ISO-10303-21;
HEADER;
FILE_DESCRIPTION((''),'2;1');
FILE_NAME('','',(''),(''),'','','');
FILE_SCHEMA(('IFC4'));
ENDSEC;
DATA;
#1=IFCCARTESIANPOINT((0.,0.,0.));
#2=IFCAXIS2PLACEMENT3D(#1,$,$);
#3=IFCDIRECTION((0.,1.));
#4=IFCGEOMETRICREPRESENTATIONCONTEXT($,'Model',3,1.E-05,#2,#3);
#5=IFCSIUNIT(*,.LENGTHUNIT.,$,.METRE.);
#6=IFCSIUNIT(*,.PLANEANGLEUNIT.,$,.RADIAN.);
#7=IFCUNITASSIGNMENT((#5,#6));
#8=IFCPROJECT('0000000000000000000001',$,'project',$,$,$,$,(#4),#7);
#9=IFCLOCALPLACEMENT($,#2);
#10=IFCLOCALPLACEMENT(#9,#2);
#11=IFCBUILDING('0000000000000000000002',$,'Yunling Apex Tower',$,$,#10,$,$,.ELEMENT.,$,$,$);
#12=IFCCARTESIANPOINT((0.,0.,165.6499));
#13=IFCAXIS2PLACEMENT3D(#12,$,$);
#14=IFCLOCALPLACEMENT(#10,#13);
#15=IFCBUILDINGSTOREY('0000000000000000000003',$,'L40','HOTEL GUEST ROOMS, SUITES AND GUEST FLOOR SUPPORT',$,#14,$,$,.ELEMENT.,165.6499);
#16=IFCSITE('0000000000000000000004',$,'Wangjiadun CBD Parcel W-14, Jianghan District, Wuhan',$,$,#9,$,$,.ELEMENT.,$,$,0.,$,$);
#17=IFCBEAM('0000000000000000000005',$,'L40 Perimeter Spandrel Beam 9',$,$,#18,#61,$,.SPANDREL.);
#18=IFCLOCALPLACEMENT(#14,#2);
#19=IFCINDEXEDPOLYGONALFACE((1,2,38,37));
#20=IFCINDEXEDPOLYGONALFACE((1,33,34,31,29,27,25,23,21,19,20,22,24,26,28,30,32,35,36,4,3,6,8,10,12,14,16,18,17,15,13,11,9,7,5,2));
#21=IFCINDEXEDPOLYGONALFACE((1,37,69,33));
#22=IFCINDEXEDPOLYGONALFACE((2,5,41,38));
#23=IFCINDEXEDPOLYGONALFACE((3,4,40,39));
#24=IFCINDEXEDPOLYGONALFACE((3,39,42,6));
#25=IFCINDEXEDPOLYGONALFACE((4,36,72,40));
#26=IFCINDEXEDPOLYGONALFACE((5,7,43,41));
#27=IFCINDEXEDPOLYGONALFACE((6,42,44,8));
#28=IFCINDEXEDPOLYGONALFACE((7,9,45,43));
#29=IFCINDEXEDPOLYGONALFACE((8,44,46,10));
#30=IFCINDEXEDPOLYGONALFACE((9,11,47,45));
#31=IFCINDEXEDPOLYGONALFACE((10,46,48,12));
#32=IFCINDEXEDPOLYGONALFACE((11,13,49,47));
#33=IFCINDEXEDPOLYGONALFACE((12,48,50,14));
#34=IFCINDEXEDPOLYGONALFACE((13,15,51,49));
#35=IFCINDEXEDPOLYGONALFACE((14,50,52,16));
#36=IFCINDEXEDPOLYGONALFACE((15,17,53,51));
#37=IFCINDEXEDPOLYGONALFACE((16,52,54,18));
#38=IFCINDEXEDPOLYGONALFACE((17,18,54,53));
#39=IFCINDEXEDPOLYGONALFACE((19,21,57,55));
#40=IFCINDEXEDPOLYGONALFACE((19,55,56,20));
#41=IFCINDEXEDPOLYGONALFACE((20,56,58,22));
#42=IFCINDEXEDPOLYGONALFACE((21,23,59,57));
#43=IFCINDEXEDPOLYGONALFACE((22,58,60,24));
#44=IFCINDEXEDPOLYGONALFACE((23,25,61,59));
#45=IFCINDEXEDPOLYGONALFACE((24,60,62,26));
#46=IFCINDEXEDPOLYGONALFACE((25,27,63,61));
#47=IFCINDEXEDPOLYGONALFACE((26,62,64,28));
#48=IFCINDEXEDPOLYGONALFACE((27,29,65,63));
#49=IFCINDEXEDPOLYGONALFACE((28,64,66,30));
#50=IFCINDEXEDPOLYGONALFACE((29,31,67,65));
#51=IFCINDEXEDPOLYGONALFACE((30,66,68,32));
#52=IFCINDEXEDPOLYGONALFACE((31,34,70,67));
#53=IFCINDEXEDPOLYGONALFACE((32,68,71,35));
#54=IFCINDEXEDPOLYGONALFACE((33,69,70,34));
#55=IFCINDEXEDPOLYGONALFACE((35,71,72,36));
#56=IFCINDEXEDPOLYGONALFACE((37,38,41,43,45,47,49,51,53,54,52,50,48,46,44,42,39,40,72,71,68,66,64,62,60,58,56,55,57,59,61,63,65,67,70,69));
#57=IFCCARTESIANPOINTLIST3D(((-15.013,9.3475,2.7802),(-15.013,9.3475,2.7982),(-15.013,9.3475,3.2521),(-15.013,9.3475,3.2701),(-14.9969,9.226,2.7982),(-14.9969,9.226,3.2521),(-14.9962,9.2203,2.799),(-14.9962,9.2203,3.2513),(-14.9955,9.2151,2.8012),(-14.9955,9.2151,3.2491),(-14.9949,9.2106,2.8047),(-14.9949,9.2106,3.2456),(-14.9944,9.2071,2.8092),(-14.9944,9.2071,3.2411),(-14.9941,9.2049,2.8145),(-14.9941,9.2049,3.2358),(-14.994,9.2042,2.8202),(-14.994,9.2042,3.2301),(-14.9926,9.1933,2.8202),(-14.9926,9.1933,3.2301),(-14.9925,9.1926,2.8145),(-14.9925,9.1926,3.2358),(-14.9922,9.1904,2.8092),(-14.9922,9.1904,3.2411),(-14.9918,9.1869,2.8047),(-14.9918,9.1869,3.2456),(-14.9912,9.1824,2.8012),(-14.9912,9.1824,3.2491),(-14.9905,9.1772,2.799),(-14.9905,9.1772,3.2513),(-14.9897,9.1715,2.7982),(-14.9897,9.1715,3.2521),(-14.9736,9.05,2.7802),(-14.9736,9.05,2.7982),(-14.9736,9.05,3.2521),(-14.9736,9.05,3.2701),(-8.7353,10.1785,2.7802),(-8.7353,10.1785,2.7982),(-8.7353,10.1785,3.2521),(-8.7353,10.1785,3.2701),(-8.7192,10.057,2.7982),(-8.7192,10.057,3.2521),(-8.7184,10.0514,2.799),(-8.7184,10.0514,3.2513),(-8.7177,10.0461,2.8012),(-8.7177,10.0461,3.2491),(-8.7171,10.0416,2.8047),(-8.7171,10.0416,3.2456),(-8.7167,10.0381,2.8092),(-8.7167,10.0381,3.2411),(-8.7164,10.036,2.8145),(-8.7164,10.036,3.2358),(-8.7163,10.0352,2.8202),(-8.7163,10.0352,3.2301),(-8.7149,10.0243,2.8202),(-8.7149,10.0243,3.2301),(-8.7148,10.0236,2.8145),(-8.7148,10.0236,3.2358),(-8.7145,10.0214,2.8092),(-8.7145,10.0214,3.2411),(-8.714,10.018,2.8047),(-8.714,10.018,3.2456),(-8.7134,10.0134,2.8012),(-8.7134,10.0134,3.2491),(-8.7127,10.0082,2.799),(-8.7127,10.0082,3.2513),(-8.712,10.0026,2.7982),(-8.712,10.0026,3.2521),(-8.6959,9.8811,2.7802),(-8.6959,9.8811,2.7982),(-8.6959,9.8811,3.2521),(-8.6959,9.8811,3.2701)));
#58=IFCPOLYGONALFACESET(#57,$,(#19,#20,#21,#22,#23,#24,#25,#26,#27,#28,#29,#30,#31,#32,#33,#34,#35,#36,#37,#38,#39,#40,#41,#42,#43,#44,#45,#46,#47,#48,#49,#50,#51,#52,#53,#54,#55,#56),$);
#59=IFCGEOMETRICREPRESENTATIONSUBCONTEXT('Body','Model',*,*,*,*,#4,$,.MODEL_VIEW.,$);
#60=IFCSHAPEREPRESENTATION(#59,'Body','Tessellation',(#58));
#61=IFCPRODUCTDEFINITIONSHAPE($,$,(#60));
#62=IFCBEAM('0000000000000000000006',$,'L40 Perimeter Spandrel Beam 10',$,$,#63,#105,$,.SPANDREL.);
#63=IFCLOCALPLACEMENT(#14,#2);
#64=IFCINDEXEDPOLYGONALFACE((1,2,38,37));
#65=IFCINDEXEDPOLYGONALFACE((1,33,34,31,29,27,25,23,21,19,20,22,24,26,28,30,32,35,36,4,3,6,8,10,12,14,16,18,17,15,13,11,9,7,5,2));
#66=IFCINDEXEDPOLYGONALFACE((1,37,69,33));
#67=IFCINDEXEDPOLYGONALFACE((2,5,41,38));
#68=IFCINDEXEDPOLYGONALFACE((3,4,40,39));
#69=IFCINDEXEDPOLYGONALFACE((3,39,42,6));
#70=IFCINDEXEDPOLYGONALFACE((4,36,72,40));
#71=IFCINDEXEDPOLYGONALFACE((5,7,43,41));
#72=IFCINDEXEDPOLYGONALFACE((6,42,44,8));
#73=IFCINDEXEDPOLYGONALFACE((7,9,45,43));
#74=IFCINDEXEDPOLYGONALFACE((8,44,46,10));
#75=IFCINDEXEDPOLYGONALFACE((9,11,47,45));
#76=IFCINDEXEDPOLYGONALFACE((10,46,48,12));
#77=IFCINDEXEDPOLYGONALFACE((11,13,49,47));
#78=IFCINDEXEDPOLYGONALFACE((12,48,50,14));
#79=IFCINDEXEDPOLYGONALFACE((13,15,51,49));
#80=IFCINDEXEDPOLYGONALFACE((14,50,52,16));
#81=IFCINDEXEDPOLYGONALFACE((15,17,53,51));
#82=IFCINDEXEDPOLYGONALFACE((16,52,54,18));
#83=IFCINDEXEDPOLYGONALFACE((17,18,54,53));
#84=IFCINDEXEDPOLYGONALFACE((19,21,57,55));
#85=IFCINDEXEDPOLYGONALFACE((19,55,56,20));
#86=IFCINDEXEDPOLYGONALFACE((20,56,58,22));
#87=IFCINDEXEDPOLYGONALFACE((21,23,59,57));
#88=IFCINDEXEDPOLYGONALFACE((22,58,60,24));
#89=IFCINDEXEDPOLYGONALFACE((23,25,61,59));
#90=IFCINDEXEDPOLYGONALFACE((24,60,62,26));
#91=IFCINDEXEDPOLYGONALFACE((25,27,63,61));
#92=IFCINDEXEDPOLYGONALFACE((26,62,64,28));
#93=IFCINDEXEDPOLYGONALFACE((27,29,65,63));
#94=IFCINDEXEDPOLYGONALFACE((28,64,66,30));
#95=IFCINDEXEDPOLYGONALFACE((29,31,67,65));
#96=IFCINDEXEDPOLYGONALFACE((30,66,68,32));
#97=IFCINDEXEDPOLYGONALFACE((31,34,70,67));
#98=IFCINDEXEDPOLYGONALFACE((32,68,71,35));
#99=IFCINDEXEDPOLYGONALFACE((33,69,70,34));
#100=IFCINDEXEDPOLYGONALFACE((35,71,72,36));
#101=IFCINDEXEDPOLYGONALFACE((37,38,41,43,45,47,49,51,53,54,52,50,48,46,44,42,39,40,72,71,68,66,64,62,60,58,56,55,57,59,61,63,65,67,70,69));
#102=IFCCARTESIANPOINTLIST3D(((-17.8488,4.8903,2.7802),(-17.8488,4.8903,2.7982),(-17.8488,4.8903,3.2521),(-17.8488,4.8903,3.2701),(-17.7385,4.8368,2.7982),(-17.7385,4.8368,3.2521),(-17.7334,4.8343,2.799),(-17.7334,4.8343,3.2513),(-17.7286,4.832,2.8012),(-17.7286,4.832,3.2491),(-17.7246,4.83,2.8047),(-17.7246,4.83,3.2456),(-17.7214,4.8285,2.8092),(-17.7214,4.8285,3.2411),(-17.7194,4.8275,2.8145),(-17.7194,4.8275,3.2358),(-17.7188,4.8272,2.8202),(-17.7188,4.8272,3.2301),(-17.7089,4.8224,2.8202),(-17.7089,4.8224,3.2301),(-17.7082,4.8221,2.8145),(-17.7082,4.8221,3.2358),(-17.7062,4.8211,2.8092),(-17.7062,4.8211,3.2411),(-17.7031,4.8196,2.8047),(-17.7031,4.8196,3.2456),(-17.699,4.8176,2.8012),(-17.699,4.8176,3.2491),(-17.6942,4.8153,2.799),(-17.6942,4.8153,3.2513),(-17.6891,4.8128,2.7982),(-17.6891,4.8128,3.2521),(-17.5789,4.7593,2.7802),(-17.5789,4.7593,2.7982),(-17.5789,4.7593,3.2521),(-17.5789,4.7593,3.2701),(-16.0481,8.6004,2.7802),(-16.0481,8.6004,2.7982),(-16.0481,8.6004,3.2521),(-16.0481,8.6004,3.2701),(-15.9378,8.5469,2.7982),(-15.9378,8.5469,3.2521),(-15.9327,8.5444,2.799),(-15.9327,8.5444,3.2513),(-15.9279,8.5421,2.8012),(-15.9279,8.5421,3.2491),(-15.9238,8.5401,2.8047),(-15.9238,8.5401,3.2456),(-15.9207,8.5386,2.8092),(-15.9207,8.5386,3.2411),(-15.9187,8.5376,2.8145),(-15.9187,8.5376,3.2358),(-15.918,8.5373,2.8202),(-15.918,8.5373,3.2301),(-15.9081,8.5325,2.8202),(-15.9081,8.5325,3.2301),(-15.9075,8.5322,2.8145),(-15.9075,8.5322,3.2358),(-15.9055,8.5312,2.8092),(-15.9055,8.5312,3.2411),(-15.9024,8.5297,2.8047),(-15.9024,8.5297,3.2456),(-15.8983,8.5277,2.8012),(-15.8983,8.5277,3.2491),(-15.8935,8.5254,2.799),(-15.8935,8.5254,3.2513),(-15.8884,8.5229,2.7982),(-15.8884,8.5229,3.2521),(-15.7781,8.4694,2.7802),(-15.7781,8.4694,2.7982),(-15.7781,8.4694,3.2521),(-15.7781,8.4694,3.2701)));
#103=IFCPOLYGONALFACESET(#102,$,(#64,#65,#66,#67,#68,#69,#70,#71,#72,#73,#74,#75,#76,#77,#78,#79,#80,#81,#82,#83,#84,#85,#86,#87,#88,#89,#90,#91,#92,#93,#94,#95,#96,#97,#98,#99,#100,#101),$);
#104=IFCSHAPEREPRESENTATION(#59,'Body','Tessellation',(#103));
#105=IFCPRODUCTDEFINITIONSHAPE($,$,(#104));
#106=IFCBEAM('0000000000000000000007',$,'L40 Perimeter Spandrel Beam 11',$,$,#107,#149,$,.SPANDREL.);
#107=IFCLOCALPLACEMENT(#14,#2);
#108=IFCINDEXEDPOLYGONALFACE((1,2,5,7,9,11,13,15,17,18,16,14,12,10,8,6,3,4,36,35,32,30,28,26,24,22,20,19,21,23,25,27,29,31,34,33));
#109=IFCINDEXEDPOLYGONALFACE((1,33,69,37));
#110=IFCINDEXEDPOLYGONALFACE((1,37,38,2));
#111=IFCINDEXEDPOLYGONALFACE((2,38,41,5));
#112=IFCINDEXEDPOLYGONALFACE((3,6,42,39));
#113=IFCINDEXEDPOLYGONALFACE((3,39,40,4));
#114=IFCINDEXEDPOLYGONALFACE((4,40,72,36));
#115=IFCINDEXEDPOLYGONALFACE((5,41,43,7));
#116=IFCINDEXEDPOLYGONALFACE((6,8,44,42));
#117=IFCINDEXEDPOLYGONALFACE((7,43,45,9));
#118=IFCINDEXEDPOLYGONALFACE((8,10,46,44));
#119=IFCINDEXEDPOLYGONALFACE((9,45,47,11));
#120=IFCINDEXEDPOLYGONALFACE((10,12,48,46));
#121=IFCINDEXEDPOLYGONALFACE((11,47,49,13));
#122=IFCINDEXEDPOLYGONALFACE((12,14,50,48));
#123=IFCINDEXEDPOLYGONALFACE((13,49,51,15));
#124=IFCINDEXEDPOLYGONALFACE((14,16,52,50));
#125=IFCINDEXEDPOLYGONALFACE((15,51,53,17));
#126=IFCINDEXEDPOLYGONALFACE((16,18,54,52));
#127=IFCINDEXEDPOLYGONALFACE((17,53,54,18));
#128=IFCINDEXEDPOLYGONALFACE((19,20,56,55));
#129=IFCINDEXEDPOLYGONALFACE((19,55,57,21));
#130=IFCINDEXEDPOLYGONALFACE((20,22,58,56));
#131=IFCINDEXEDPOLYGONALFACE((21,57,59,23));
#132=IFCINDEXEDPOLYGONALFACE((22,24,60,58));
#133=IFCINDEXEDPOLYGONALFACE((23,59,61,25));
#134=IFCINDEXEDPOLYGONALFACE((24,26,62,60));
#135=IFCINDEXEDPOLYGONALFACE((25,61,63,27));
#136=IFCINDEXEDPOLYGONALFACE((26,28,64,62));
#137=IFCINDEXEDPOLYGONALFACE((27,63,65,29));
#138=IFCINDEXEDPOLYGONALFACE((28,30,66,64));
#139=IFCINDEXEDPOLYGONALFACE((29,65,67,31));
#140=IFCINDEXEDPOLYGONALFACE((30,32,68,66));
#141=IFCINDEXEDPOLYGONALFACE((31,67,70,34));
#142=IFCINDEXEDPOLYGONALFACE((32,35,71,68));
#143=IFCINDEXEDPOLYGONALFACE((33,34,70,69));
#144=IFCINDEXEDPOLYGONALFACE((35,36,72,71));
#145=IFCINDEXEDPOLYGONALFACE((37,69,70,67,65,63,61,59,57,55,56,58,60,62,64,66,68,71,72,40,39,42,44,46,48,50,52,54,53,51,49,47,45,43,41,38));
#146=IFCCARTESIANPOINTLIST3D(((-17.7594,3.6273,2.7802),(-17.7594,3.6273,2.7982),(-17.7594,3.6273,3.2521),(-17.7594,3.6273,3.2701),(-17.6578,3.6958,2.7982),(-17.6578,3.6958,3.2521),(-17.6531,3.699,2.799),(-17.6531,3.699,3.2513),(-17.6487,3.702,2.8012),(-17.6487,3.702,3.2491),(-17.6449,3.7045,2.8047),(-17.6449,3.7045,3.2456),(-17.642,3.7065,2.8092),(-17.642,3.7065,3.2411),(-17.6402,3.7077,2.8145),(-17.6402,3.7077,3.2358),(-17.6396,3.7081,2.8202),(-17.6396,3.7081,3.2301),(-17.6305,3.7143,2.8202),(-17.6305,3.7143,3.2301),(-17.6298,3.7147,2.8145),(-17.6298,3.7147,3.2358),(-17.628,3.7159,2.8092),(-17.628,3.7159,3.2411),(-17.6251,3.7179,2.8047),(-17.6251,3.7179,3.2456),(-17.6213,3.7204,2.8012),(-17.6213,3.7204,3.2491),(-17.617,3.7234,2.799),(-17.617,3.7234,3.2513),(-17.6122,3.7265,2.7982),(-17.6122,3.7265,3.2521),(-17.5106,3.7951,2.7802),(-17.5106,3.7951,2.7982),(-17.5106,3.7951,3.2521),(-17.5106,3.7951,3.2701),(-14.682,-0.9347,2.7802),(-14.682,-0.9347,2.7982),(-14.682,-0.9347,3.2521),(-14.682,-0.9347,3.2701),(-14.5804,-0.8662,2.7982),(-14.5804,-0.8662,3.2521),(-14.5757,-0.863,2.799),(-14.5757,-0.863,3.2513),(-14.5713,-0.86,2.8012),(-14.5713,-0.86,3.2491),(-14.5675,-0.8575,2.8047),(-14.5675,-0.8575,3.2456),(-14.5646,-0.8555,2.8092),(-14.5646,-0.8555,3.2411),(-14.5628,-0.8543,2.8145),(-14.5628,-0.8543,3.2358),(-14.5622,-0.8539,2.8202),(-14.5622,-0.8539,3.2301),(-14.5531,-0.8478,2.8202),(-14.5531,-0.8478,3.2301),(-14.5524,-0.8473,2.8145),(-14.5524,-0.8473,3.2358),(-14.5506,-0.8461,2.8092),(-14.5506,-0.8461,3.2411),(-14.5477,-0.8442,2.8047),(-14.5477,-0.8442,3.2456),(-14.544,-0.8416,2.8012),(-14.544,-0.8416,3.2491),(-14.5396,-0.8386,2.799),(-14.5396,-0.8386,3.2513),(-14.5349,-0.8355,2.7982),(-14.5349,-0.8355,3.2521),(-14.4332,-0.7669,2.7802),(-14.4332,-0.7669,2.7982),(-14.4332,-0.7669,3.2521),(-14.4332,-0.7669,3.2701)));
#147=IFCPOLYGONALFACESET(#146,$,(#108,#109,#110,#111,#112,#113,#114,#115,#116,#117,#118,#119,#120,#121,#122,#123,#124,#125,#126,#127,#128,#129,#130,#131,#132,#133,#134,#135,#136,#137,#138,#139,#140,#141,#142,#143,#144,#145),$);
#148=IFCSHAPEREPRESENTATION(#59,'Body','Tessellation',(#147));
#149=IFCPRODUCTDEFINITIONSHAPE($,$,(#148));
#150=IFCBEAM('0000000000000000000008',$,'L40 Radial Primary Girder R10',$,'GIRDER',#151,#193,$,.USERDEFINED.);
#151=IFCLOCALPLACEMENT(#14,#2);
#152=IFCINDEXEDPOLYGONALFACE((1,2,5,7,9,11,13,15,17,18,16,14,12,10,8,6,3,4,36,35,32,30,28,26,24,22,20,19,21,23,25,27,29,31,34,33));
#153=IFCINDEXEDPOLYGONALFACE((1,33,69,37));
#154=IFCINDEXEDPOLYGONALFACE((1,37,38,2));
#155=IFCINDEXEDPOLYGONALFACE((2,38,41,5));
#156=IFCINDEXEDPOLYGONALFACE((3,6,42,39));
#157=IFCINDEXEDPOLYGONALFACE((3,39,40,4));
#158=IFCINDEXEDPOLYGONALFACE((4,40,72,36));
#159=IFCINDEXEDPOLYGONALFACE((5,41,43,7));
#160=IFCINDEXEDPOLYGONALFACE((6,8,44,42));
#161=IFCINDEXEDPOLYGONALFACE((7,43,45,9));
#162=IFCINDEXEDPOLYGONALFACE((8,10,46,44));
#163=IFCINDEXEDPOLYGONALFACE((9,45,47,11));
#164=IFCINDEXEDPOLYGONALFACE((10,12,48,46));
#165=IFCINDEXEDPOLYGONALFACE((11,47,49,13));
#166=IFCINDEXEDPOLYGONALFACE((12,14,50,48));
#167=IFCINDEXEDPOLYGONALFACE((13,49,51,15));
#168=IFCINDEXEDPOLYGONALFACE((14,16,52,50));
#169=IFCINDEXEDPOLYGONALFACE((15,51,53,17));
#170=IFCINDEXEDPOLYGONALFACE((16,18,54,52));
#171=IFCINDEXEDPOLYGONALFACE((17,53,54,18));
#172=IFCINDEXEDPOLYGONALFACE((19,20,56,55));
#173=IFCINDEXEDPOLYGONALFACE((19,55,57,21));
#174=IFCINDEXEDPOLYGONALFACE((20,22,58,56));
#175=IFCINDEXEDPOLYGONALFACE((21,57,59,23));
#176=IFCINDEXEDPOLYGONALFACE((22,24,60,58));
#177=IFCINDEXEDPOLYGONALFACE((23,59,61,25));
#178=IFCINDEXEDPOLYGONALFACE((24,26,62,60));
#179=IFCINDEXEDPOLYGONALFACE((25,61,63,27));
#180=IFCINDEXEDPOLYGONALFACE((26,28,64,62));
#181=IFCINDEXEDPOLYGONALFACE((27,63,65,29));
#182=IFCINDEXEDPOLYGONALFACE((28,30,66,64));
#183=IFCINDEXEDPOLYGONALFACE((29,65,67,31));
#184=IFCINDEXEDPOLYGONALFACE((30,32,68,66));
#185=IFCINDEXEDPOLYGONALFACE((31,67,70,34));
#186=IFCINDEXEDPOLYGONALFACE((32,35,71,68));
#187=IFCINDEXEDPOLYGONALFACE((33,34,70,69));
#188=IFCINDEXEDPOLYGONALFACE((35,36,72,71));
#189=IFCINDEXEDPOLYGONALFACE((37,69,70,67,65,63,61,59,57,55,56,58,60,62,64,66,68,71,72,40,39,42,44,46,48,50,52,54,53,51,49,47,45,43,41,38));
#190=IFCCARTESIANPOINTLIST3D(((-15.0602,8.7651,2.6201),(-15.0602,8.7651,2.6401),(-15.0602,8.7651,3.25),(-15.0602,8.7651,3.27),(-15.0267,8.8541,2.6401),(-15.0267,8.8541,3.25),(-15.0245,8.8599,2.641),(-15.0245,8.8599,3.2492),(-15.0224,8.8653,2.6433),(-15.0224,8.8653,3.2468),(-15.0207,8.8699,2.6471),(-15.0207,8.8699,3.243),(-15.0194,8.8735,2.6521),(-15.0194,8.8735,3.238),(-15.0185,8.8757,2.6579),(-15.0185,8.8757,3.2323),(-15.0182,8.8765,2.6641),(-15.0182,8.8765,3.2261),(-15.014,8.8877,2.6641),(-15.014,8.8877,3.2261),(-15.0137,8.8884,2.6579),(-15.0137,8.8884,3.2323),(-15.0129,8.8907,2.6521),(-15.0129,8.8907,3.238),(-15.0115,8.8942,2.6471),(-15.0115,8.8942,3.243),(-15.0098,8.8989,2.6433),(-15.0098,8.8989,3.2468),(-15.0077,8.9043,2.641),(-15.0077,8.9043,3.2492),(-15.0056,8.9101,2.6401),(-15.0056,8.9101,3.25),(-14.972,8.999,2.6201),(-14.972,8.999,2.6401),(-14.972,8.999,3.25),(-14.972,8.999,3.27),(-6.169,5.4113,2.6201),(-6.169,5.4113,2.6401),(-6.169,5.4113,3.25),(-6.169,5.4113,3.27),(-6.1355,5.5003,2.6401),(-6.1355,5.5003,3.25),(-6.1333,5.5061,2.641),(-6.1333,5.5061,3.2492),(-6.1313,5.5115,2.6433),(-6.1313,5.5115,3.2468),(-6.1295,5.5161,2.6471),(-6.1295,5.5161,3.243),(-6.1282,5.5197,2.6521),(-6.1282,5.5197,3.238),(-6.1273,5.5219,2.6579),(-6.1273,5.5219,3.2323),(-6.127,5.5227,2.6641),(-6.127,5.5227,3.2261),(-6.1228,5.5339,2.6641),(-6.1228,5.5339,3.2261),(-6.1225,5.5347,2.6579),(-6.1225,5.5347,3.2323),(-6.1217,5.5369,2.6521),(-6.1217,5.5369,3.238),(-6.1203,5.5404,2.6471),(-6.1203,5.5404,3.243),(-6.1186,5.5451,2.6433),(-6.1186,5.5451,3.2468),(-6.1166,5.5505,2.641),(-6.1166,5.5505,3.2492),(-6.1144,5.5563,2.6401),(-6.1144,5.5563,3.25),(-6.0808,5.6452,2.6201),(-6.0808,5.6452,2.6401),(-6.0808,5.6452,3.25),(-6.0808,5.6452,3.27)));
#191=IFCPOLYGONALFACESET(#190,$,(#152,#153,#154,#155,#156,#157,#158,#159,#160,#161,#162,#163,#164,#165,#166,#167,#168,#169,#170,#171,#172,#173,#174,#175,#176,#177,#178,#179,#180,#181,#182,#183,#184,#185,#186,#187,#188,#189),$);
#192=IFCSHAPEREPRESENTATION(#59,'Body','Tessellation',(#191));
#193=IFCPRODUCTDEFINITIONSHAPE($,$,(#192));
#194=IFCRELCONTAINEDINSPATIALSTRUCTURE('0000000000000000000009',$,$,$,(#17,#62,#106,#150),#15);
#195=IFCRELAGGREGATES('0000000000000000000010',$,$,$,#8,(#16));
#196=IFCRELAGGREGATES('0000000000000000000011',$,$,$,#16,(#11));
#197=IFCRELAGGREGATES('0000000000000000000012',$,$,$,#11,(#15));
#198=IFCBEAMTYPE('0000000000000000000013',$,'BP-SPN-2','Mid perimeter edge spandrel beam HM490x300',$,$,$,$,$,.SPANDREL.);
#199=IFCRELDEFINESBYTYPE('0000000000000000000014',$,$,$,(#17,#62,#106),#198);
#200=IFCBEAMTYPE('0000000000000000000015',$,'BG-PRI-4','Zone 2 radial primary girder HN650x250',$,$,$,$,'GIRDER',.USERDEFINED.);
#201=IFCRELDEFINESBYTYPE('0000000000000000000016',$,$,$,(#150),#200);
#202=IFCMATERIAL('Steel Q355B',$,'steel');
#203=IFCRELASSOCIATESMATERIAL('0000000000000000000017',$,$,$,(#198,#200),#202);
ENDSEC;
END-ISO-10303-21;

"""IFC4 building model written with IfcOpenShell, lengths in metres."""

from ifc_helpers import new_model, si_unit, direction, frame, origin, origin_2d, place, context, subcontext, project, spatial, i_section, extrude, source, transform, mapped, material, material_profile, profile_set, type_object, element, save


model = new_model("IFC4")

# Units and contexts
model_context = context("Model", 3, precision=1e-05, world=origin(), true_north=direction((0.0, 1.0)))
body_context = subcontext(model_context, "Body", "Model", "MODEL_VIEW")
ifc_project = project(units=[si_unit("LENGTHUNIT", "METRE"), si_unit("PLANEANGLEUNIT", "RADIAN")], contexts=[model_context])

# Site, building, storey
site_placement = place(None, origin())
site = spatial("IfcSite", under=ifc_project, at=site_placement, Name="Wangjiadun CBD Parcel W-14, Jianghan District, Wuhan", CompositionType="ELEMENT", RefElevation=0.0)
building_placement = place(site_placement, origin())
building = spatial("IfcBuilding", under=site, at=building_placement, Name="Yunling Apex Tower", CompositionType="ELEMENT")
storey_placement = place(building_placement, frame((0.0, 0.0, 165.6499)))
storey = spatial("IfcBuildingStorey", under=building, at=storey_placement, Name="L40", Description="HOTEL GUEST ROOMS, SUITES AND GUEST FLOOR SUPPORT", CompositionType="ELEMENT", Elevation=165.6499)

# Beams
ifc_material_1 = material(Name="Steel Q355B", Category="steel")
ifc_material_profile_1 = material_profile(ifc_material_1, i_section(OverallWidth=0.3, OverallDepth=0.49, WebThickness=0.011, FlangeThickness=0.0181, FilletRadius=0.022, at=origin_2d()))
ifc_profile_set_1 = profile_set([ifc_material_profile_1], Name="Steel Q355B")
beam_type_1 = type_object("IfcBeamType", Name="BP-SPN-2", Description="Mid perimeter edge spandrel beam HM490x300", PredefinedType="SPANDREL", material=ifc_profile_set_1)
shared_shape_1 = source(origin(), body_context, "Body", "SweptSolid", [
    extrude(i_section(OverallWidth=0.3, OverallDepth=0.49, WebThickness=0.011, FlangeThickness=0.0181, FilletRadius=0.022, at=origin_2d()), origin(), (0.0, 0.0, 1.0), 6.3325),
])
beam_1_placement = place(storey_placement, frame((-8.7156, 10.0298, 3.0251), z_axis=(-0.991351, -0.131234, 0.0), x_axis=(0.131234, -0.991351, 0.0)))
element("IfcBeam", 1, at=beam_1_placement, inside=storey, type_object=beam_type_1, Name="L40 Perimeter Spandrel Beam 9", PredefinedType="SPANDREL", context=body_context, shape_type="MappedRepresentation", body=[
    mapped(shared_shape_1, transform((0.0, 0.0, 0.0), scale=1.0)),
])
shared_shape_2 = source(origin(), body_context, "Body", "SweptSolid", [
    extrude(i_section(OverallWidth=0.3, OverallDepth=0.49, WebThickness=0.011, FlangeThickness=0.0181, FilletRadius=0.022, at=origin_2d()), origin(), (0.0, 0.0, 1.0), 4.124),
])
beam_2_placement = place(storey_placement, frame((-15.9131, 8.5349, 3.0251), z_axis=(-0.436645, -0.899634, 0.0), x_axis=(0.899634, -0.436645, 0.0)))
element("IfcBeam", 2, at=beam_2_placement, inside=storey, type_object=beam_type_1, Name="L40 Perimeter Spandrel Beam 10", PredefinedType="SPANDREL", context=body_context, shape_type="MappedRepresentation", body=[
    mapped(shared_shape_2, transform((0.0, 0.0, 0.0), scale=1.0)),
])
shared_shape_3 = source(origin(), body_context, "Body", "SweptSolid", [
    extrude(i_section(OverallWidth=0.3, OverallDepth=0.49, WebThickness=0.011, FlangeThickness=0.0181, FilletRadius=0.022, at=origin_2d()), origin(), (0.0, 0.0, 1.0), 5.5029),
])
beam_3_placement = place(storey_placement, frame((-17.635, 3.7112, 3.0251), z_axis=(0.559227, -0.829014, 0.0), x_axis=(0.829014, 0.559227, 0.0)))
element("IfcBeam", 3, at=beam_3_placement, inside=storey, type_object=beam_type_1, Name="L40 Perimeter Spandrel Beam 11", PredefinedType="SPANDREL", context=body_context, shape_type="MappedRepresentation", body=[
    mapped(shared_shape_3, transform((0.0, 0.0, 0.0), scale=1.0)),
])
ifc_material_profile_2 = material_profile(ifc_material_1, i_section(OverallWidth=0.25, OverallDepth=0.6499, WebThickness=0.012, FlangeThickness=0.02, FilletRadius=0.0239, at=origin_2d()))
ifc_profile_set_2 = profile_set([ifc_material_profile_2], Name="Steel Q355B")
beam_type_2 = type_object("IfcBeamType", Name="BG-PRI-4", Description="Zone 2 radial primary girder HN650x250", ElementType="GIRDER", PredefinedType="USERDEFINED", material=ifc_profile_set_2)
shared_shape_4 = source(origin(), body_context, "Body", "SweptSolid", [
    extrude(i_section(OverallWidth=0.25, OverallDepth=0.6499, WebThickness=0.012, FlangeThickness=0.02, FilletRadius=0.0239, at=origin_2d()), origin(), (0.0, 0.0, 1.0), 9.5027),
])
beam_4_placement = place(storey_placement, frame((-15.0161, 8.8821, 2.9451), z_axis=(0.93565, -0.35293, 0.0), x_axis=(0.35293, 0.93565, 0.0)))
element("IfcBeam", 4, at=beam_4_placement, inside=storey, type_object=beam_type_2, Name="L40 Radial Primary Girder R10", ObjectType="GIRDER", PredefinedType="USERDEFINED", context=body_context, shape_type="MappedRepresentation", body=[
    mapped(shared_shape_4, transform((0.0, 0.0, 0.0), scale=1.0)),
])

save(model, "model.ifc")
